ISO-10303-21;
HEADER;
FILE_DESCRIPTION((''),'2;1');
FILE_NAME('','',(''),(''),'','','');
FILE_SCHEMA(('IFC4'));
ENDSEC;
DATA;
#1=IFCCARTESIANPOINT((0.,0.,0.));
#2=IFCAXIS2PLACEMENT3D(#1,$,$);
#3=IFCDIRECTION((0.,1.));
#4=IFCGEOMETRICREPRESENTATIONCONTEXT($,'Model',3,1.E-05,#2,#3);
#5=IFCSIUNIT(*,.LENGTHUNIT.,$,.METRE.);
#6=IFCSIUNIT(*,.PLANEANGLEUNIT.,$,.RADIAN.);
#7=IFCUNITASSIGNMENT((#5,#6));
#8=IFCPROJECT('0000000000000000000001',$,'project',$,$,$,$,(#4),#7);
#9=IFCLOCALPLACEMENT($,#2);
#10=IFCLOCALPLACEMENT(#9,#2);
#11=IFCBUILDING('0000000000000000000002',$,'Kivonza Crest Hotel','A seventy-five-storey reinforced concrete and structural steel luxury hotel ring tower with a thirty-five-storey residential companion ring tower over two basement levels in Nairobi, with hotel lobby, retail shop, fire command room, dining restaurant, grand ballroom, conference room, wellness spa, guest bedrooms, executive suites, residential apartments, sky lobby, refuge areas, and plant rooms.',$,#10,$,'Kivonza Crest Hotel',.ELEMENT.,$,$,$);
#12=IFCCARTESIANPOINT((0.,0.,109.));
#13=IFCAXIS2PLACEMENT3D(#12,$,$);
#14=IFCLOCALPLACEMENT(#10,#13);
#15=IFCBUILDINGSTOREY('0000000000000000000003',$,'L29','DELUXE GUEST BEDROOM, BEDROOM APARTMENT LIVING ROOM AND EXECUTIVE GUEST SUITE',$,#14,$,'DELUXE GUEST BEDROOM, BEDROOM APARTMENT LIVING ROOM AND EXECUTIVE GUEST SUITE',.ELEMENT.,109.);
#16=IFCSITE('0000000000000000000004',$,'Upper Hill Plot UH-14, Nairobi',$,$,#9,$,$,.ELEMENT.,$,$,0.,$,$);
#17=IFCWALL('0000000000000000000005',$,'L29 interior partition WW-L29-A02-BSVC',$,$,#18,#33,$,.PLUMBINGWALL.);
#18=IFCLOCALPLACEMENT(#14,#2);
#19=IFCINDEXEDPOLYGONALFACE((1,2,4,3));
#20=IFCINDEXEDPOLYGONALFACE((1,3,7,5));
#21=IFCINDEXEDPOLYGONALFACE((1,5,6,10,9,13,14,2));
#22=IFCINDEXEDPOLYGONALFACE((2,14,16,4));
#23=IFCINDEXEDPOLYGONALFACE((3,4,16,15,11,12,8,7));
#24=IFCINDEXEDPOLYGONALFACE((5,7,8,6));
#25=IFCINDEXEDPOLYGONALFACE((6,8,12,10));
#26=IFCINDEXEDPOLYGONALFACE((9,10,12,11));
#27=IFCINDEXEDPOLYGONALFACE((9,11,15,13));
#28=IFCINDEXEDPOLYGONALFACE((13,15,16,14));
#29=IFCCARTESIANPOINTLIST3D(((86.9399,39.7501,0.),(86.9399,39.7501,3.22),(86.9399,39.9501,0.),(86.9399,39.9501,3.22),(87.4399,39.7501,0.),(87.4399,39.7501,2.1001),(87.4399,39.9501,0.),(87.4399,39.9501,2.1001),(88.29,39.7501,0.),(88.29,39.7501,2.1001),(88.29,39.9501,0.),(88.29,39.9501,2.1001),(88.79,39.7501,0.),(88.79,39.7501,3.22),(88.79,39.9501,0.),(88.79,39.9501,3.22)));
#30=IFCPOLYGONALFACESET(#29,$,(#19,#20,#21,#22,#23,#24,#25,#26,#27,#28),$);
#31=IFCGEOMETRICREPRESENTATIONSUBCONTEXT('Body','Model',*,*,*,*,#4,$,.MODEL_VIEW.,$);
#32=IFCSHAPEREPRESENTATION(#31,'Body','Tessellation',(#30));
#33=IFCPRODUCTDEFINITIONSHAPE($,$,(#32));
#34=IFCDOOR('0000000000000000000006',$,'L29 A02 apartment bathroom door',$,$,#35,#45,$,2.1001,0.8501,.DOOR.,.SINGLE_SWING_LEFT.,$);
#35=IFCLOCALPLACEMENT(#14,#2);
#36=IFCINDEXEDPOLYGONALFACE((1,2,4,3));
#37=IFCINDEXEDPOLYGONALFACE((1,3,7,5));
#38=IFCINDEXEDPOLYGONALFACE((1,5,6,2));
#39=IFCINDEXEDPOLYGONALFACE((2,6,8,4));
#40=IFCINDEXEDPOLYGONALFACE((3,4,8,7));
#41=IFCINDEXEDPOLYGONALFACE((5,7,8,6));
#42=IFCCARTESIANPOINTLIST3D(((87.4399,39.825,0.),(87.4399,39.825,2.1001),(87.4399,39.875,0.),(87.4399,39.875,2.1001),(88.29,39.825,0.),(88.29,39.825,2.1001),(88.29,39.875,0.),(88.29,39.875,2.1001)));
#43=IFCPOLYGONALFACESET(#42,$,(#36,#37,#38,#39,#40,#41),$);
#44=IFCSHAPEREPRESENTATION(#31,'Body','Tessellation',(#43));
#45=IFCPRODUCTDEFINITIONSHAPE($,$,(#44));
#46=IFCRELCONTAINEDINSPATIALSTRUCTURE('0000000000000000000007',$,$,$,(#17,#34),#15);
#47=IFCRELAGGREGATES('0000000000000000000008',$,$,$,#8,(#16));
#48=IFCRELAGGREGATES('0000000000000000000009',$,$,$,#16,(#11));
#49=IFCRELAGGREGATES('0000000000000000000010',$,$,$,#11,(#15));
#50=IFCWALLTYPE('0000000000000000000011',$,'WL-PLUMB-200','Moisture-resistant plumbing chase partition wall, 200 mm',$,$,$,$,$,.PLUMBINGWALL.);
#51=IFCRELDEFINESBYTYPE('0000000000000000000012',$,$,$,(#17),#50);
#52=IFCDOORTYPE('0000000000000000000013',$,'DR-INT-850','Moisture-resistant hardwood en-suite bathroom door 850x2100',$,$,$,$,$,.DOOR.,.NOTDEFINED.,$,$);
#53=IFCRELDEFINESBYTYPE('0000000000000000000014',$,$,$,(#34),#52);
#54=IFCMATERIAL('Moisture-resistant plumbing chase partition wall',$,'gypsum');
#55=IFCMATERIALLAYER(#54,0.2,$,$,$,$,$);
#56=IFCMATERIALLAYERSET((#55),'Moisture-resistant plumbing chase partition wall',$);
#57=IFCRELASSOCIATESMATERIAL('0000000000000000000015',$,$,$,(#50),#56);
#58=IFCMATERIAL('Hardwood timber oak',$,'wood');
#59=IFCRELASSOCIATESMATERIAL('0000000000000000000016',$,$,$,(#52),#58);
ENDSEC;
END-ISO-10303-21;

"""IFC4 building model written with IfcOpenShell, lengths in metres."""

from ifc_helpers import new_model, si_unit, direction, frame, frame_2d, origin, place, context, subcontext, project, spatial, rectangle, extrude, material, layer, layer_set, type_object, element, fill, save


model = new_model("IFC4")

# Units and contexts
model_context = context("Model", 3, precision=1e-05, world=origin(), true_north=direction((0.0, 1.0)))
body_context = subcontext(model_context, "Body", "Model", "MODEL_VIEW")
ifc_project = project(units=[si_unit("LENGTHUNIT", "METRE"), si_unit("PLANEANGLEUNIT", "RADIAN")], contexts=[model_context])

# Site, building, storey
site_placement = place(None, origin())
site = spatial("IfcSite", under=ifc_project, at=site_placement, Name="Upper Hill Plot UH-14, Nairobi", CompositionType="ELEMENT", RefElevation=0.0)
building_placement = place(site_placement, origin())
building = spatial("IfcBuilding", under=site, at=building_placement, Name="Kivonza Crest Hotel", Description="A seventy-five-storey reinforced concrete and structural steel luxury hotel ring tower with a thirty-five-storey residential companion ring tower over two basement levels in Nairobi, with hotel lobby, retail shop, fire command room, dining restaurant, grand ballroom, conference room, wellness spa, guest bedrooms, executive suites, residential apartments, sky lobby, refuge areas, and plant rooms.", LongName="Kivonza Crest Hotel", CompositionType="ELEMENT")
storey_placement = place(building_placement, frame((0.0, 0.0, 109.0)))
storey = spatial("IfcBuildingStorey", under=building, at=storey_placement, Name="L29", Description="DELUXE GUEST BEDROOM, BEDROOM APARTMENT LIVING ROOM AND EXECUTIVE GUEST SUITE", LongName="DELUXE GUEST BEDROOM, BEDROOM APARTMENT LIVING ROOM AND EXECUTIVE GUEST SUITE", CompositionType="ELEMENT", Elevation=109.0)

# Shared definitions
ifc_material_1 = material(Name="Hardwood timber oak", Category="wood")

# Shared definitions
ifc_material_2 = material(Name="Moisture-resistant plumbing chase partition wall", Category="gypsum")
ifc_layer_1 = layer(ifc_material_2, 0.2)
ifc_layer_set_1 = layer_set([ifc_layer_1], Name="Moisture-resistant plumbing chase partition wall")
wall_type_1 = type_object("IfcWallType", Name="WL-PLUMB-200", Description="Moisture-resistant plumbing chase partition wall, 200 mm", PredefinedType="PLUMBINGWALL", material=ifc_layer_set_1)

# Wall, opening, door
wall_1_placement = place(storey_placement, frame((86.9399, 39.8501, 0.0), z_axis=(0.0, 0.0, 1.0), x_axis=(1.0, 0.0, 0.0)))
wall_1 = element("IfcWall", 1, at=wall_1_placement, inside=storey, type_object=wall_type_1, Name="L29 interior partition WW-L29-A02-BSVC", PredefinedType="PLUMBINGWALL", context=body_context, shape_type="SweptSolid", body=[
    extrude(rectangle(XDim=1.8501, YDim=0.2, at=frame_2d((0.925, 0.0))), origin(), (0.0, 0.0, 1.0), 3.22),
])
opening_1_placement = place(wall_1_placement, frame((0.5, 0.0, 0.0)))
opening_1 = element("IfcOpeningElement", 2, at=opening_1_placement, cuts=wall_1, PredefinedType="OPENING", context=body_context, shape_type="SweptSolid", body=[
    extrude(rectangle(XDim=0.8501, YDim=2.1001, at=frame_2d((0.425, 1.05))), frame((0.0, 0.1099, 0.0), z_axis=(0.0, -1.0, 0.0), x_axis=(1.0, 0.0, 0.0)), (0.0, 0.0, 1.0), 0.22),
])
door_type_1 = type_object("IfcDoorType", Name="DR-INT-850", Description="Moisture-resistant hardwood en-suite bathroom door 850x2100", OperationType="NOTDEFINED", PredefinedType="DOOR", material=ifc_material_1)
door_1_placement = place(opening_1_placement, origin())
door_1 = element("IfcDoor", 3, at=door_1_placement, inside=storey, type_object=door_type_1, Name="L29 A02 apartment bathroom door", OperationType="SINGLE_SWING_LEFT", OverallHeight=2.1001, OverallWidth=0.8501, PredefinedType="DOOR", context=body_context, shape_type="SweptSolid", body=[
    extrude(rectangle(XDim=0.8501, YDim=2.1001, at=frame_2d((0.425, 1.05))), frame((0.0, 0.0249, 0.0), z_axis=(0.0, -1.0, 0.0), x_axis=(1.0, 0.0, 0.0)), (0.0, 0.0, 1.0), 0.05),
])
fill(opening_1, door_1)

save(model, "model.ifc")
